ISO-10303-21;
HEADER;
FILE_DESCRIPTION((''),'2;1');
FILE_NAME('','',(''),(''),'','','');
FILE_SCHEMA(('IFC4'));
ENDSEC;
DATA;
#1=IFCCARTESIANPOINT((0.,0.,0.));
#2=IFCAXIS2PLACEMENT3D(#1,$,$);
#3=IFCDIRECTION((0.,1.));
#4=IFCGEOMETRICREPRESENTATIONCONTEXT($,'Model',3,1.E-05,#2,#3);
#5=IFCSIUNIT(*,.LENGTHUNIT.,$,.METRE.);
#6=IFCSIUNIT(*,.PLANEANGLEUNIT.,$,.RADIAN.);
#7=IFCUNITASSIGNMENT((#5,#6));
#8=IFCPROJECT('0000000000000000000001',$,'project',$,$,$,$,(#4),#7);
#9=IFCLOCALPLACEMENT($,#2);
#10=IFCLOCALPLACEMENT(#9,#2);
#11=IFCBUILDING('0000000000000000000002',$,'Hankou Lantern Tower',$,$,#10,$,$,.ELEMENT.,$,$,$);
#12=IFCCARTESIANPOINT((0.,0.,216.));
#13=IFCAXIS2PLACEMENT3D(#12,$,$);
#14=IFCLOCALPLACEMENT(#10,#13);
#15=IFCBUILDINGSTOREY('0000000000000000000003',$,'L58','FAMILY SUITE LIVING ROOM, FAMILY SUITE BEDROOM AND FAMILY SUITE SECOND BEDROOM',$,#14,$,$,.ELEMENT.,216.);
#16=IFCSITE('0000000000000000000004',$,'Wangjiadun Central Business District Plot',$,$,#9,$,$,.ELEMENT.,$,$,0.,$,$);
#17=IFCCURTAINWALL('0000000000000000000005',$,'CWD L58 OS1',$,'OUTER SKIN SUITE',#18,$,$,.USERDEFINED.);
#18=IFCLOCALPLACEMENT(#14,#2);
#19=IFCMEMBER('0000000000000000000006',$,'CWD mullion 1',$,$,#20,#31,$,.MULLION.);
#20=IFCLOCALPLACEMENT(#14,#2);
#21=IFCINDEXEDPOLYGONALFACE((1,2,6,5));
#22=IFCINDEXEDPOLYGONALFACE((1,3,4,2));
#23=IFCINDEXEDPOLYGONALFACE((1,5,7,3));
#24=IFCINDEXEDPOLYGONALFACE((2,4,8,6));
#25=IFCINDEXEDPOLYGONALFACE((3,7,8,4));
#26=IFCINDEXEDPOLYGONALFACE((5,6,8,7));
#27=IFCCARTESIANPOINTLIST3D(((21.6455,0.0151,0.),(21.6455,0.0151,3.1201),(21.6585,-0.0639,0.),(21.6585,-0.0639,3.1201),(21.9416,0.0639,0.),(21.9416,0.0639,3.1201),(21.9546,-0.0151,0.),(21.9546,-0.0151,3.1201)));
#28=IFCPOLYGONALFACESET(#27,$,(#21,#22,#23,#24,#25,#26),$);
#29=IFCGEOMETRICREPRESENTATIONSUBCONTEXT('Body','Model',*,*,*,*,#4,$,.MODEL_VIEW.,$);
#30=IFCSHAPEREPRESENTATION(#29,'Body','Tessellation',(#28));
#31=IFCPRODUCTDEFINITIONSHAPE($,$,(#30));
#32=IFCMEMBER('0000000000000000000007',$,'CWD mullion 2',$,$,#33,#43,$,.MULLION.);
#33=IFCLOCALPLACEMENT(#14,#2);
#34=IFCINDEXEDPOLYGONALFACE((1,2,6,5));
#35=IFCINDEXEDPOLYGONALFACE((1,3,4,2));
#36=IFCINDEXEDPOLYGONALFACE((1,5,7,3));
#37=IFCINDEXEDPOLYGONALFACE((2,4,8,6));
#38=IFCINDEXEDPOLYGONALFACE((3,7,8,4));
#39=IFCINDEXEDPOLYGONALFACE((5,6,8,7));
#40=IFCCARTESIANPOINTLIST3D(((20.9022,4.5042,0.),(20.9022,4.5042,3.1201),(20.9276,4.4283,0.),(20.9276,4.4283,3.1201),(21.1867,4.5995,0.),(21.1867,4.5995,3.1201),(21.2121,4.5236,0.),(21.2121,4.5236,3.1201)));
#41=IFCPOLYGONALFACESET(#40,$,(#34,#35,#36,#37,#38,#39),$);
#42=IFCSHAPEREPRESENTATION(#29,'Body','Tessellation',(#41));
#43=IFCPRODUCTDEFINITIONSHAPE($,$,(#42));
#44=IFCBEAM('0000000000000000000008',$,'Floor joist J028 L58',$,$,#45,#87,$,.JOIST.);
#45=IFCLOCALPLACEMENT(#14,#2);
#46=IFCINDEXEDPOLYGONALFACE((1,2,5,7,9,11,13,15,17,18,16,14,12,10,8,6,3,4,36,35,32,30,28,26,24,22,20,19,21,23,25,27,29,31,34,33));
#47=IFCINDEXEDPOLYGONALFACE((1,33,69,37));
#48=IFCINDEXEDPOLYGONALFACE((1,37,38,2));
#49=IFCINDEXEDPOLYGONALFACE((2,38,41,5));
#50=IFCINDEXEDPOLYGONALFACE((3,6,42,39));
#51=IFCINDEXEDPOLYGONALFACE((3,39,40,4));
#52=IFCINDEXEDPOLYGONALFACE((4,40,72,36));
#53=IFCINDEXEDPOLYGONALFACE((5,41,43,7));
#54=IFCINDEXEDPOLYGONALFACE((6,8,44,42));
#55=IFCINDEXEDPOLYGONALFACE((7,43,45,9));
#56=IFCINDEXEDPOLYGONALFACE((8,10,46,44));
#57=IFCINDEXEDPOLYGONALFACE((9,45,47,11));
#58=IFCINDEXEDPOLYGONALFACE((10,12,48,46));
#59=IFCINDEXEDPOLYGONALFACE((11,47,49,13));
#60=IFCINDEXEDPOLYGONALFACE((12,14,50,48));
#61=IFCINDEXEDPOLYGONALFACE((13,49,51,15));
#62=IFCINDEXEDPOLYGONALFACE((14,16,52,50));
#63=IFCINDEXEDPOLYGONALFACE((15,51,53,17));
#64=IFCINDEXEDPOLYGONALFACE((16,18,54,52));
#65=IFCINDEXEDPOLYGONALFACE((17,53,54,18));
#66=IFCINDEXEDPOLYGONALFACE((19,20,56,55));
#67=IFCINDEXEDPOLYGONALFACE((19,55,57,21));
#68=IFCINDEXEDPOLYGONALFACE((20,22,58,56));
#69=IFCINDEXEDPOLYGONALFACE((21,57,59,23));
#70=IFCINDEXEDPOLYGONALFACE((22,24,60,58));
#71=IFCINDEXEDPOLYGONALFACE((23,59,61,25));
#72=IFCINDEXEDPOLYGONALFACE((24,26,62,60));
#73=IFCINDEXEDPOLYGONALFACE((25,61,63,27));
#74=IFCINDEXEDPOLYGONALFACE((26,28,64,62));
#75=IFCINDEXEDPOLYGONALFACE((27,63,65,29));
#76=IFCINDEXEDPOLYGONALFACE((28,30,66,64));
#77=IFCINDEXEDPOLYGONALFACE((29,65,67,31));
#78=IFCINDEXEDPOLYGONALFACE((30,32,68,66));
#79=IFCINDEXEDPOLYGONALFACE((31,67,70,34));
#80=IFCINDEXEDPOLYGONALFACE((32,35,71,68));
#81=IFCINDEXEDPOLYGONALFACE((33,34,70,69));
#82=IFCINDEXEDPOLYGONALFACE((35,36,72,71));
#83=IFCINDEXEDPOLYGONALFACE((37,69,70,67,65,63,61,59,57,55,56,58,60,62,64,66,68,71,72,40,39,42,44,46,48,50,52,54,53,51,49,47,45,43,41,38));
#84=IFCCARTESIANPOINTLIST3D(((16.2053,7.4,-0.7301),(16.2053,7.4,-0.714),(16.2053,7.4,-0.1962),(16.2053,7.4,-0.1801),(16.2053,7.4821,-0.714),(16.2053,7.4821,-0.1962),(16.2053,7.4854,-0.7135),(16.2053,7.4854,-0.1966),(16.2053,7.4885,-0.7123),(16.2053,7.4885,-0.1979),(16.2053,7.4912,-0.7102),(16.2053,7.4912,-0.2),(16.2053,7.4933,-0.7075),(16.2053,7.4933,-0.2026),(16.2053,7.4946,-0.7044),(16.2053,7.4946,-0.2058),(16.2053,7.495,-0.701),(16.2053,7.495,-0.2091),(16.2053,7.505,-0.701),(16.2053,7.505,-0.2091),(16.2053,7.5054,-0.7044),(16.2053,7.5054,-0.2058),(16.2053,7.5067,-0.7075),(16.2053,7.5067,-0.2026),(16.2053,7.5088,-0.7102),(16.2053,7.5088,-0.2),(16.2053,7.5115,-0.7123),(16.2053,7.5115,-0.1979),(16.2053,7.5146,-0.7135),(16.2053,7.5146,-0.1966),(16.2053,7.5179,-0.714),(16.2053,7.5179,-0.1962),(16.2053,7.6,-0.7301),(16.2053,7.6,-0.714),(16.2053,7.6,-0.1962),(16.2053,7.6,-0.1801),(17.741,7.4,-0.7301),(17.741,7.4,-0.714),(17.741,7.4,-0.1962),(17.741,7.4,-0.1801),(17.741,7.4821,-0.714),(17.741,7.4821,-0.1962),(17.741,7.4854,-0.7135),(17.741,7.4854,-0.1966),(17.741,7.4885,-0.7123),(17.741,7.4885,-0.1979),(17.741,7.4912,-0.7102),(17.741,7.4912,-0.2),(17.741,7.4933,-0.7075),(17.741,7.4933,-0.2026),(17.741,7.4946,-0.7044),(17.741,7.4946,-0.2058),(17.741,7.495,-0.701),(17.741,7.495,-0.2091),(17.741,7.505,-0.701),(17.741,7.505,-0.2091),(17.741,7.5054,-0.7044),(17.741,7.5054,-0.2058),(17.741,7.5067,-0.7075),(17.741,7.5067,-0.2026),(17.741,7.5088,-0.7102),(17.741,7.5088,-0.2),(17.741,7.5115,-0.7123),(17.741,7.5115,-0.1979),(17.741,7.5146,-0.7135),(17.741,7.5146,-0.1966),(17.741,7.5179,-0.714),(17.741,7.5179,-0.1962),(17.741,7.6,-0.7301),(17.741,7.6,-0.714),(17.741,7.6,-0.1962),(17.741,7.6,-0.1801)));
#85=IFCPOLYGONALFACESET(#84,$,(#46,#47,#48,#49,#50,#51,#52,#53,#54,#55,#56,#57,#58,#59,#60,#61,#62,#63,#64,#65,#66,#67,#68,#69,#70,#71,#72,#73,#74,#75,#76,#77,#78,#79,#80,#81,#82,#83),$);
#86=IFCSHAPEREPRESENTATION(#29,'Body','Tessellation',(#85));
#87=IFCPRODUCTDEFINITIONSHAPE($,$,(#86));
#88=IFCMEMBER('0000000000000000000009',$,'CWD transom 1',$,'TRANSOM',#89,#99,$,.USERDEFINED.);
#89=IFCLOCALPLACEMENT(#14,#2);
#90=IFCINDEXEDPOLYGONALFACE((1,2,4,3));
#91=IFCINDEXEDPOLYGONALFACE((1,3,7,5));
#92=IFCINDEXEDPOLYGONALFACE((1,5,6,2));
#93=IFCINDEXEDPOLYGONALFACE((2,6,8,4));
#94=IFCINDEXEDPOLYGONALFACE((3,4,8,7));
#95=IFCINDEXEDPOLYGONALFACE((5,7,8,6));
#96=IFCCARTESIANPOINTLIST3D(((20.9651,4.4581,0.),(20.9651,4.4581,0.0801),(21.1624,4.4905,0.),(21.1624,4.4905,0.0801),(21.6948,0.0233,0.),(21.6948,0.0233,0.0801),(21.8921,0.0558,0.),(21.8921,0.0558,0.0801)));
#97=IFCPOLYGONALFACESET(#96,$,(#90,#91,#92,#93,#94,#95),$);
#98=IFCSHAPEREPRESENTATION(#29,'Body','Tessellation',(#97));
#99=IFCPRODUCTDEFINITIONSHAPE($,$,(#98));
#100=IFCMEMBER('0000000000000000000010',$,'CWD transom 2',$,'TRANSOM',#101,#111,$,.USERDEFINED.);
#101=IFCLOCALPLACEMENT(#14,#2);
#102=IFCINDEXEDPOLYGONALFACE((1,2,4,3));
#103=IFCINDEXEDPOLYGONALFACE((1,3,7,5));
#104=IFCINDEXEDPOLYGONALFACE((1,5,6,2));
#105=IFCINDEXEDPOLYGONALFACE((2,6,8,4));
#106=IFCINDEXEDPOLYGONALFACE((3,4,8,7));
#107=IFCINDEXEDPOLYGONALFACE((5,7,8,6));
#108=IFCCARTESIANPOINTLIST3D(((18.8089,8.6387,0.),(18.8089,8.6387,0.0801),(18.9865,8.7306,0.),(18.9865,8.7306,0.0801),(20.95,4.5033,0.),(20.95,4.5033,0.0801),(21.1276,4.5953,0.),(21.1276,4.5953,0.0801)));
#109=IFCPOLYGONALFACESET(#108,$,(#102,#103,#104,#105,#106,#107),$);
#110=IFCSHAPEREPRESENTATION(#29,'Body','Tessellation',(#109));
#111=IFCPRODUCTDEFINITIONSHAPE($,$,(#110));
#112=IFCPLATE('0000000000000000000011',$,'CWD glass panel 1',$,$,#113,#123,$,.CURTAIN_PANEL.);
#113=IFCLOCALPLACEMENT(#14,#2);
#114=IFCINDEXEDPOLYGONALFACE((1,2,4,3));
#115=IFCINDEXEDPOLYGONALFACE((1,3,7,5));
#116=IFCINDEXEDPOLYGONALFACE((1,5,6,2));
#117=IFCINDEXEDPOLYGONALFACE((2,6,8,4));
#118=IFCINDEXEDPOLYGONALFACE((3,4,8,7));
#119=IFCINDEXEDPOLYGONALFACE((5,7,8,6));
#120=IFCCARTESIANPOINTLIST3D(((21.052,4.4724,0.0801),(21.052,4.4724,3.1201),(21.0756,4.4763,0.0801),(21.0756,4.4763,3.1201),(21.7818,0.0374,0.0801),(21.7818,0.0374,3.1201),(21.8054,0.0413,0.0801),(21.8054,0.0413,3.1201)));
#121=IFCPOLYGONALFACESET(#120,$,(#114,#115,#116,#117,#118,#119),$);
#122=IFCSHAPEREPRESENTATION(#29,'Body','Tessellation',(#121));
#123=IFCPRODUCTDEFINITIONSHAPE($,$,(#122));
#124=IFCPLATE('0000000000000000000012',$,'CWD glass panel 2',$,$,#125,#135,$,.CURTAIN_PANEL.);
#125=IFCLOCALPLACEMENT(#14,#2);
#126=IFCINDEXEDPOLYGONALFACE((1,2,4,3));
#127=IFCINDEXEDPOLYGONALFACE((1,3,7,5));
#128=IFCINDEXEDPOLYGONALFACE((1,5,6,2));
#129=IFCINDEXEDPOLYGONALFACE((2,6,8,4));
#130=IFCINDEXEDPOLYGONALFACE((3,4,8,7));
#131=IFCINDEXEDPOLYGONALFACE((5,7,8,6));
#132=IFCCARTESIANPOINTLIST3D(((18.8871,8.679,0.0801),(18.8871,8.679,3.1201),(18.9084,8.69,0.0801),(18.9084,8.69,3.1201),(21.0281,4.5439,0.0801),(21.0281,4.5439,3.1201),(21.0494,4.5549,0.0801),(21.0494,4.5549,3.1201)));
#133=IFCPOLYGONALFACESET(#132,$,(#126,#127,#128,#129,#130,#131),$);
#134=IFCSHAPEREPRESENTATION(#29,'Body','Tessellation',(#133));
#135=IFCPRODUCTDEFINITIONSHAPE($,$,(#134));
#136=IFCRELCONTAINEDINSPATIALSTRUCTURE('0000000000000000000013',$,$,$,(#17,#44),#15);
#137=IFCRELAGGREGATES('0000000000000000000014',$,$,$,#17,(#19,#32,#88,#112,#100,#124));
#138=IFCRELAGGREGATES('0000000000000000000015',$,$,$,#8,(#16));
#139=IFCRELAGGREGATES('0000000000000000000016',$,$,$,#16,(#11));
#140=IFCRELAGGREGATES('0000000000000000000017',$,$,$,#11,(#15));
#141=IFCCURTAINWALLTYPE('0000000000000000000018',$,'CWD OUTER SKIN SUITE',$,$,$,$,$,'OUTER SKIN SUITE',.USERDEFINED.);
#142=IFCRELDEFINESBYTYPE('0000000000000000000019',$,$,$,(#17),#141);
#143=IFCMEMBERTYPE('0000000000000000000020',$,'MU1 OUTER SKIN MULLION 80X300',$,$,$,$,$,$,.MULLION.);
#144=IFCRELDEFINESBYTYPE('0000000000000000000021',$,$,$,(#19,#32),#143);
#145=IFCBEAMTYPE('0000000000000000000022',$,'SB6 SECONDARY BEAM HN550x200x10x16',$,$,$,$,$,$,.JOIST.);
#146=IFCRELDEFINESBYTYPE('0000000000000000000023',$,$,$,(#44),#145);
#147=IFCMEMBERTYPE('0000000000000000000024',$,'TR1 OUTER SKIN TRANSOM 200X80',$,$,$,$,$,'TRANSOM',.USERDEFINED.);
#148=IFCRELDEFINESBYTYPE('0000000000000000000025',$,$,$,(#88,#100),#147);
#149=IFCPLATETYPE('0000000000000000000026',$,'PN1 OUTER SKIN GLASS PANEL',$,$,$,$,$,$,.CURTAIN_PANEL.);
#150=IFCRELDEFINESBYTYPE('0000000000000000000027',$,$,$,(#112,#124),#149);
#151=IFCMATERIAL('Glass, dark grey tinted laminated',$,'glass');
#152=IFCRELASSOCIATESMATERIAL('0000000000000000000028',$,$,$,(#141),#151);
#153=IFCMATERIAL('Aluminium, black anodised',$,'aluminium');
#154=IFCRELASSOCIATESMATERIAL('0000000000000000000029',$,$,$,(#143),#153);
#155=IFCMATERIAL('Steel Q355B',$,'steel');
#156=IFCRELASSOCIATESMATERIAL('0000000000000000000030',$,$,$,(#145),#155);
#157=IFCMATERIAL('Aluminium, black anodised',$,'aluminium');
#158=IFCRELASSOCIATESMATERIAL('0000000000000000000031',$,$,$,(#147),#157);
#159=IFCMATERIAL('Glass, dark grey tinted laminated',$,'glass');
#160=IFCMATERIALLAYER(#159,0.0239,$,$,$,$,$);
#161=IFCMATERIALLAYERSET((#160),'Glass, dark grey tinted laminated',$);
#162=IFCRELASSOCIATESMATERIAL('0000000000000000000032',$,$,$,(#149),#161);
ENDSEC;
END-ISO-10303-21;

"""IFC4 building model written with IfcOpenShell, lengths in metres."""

from ifc_helpers import new_model, si_unit, direction, frame, origin, origin_2d, place, context, subcontext, project, spatial, rectangle, i_section, extrude, material, layer, layer_set, material_profile, profile_set, type_object, element, aggregate, save


model = new_model("IFC4")

# Units and contexts
model_context = context("Model", 3, precision=1e-05, world=origin(), true_north=direction((0.0, 1.0)))
body_context = subcontext(model_context, "Body", "Model", "MODEL_VIEW")
ifc_project = project(units=[si_unit("LENGTHUNIT", "METRE"), si_unit("PLANEANGLEUNIT", "RADIAN")], contexts=[model_context])

# Site, building, storey
site_placement = place(None, origin())
site = spatial("IfcSite", under=ifc_project, at=site_placement, Name="Wangjiadun Central Business District Plot", CompositionType="ELEMENT", RefElevation=0.0)
building_placement = place(site_placement, origin())
building = spatial("IfcBuilding", under=site, at=building_placement, Name="Hankou Lantern Tower", CompositionType="ELEMENT")
storey_placement = place(building_placement, frame((0.0, 0.0, 216.0)))
storey = spatial("IfcBuildingStorey", under=building, at=storey_placement, Name="L58", Description="FAMILY SUITE LIVING ROOM, FAMILY SUITE BEDROOM AND FAMILY SUITE SECOND BEDROOM", CompositionType="ELEMENT", Elevation=216.0)

# Curtain wall, members
ifc_material_1 = material(Name="Glass, dark grey tinted laminated", Category="glass")
curtain_wall_type = type_object("IfcCurtainWallType", Name="CWD OUTER SKIN SUITE", ElementType="OUTER SKIN SUITE", PredefinedType="USERDEFINED", material=ifc_material_1)
curtain_wall_placement = place(storey_placement, origin())
curtain_wall = element("IfcCurtainWall", 1, at=curtain_wall_placement, inside=storey, type_object=curtain_wall_type, Name="CWD L58 OS1", ObjectType="OUTER SKIN SUITE", PredefinedType="USERDEFINED")
ifc_material_2 = material(Name="Aluminium, black anodised", Category="aluminium")
ifc_material_profile_1 = material_profile(ifc_material_2, rectangle(XDim=0.0801, YDim=0.3, at=origin_2d()), Name="MU1 80X300")
ifc_profile_set_1 = profile_set([ifc_material_profile_1], Name="Aluminium, black anodised")
member_type_1 = type_object("IfcMemberType", Name="MU1 OUTER SKIN MULLION 80X300", PredefinedType="MULLION", material=ifc_profile_set_1)
member_1_placement = place(storey_placement, frame((21.8, 0.0, 0.0), z_axis=(0.0, 0.0, 1.0), x_axis=(-0.162382, 0.986728, 0.0)))
member_1 = element("IfcMember", 2, at=member_1_placement, type_object=member_type_1, Name="CWD mullion 1", PredefinedType="MULLION", context=body_context, shape_type="SweptSolid", body=[
    extrude(rectangle(XDim=0.0801, YDim=0.3, at=origin_2d()), origin(), (0.0, 0.0, 1.0), 3.1201),
])
member_2_placement = place(storey_placement, frame((21.0571, 4.5139, 0.0), z_axis=(0.0, 0.0, 1.0), x_axis=(-0.317596, 0.948226, 0.0)))
member_2 = element("IfcMember", 3, at=member_2_placement, type_object=member_type_1, Name="CWD mullion 2", PredefinedType="MULLION", context=body_context, shape_type="SweptSolid", body=[
    extrude(rectangle(XDim=0.0801, YDim=0.3, at=origin_2d()), origin(), (0.0, 0.0, 1.0), 3.1201),
])

# Beam
ifc_material_3 = material(Name="Steel Q355B", Category="steel")
ifc_material_profile_2 = material_profile(ifc_material_3, i_section(OverallWidth=0.2, OverallDepth=0.55, WebThickness=0.01, FlangeThickness=0.0161, FilletRadius=0.0129, at=origin_2d()), Name="HN550x200x10x16")
ifc_profile_set_2 = profile_set([ifc_material_profile_2], Name="Steel Q355B")
beam_type_1 = type_object("IfcBeamType", Name="SB6 SECONDARY BEAM HN550x200x10x16", PredefinedType="JOIST", material=ifc_profile_set_2)
beam_1_placement = place(storey_placement, frame((16.2053, 7.5, -0.4551), z_axis=(1.0, 0.0, 0.0), x_axis=(0.0, 1.0, 0.0)))
element("IfcBeam", 4, at=beam_1_placement, inside=storey, type_object=beam_type_1, Name="Floor joist J028 L58", PredefinedType="JOIST", context=body_context, shape_type="SweptSolid", body=[
    extrude(i_section(OverallWidth=0.2, OverallDepth=0.55, WebThickness=0.01, FlangeThickness=0.0161, FilletRadius=0.0129, at=origin_2d()), origin(), (0.0, 0.0, 1.0), 1.5356),
])

# Members
ifc_material_4 = material(Name="Aluminium, black anodised", Category="aluminium")
ifc_material_profile_3 = material_profile(ifc_material_4, rectangle(XDim=0.2, YDim=0.0801, at=origin_2d()), Name="TR1 200X80")
ifc_profile_set_3 = profile_set([ifc_material_profile_3], Name="Aluminium, black anodised")
member_type_2 = type_object("IfcMemberType", Name="TR1 OUTER SKIN TRANSOM 200X80", ElementType="TRANSOM", PredefinedType="USERDEFINED", material=ifc_profile_set_3)
member_3_placement = place(storey_placement, frame((21.7935, 0.0396, 0.04), z_axis=(-0.162364, 0.986731, 0.0), x_axis=(-0.986731, -0.162364, 0.0)))
member_3 = element("IfcMember", 5, at=member_3_placement, type_object=member_type_2, Name="CWD transom 1", ObjectType="TRANSOM", PredefinedType="USERDEFINED", context=body_context, shape_type="SweptSolid", body=[
    extrude(rectangle(XDim=0.2, YDim=0.0801, at=origin_2d()), origin(), (0.0, 0.0, 1.0), 4.4944),
])
member_4_placement = place(storey_placement, frame((21.0388, 4.5493, 0.04), z_axis=(-0.459794, 0.888026, 0.0), x_axis=(-0.888026, -0.459794, 0.0)))
member_4 = element("IfcMember", 6, at=member_4_placement, type_object=member_type_2, Name="CWD transom 2", ObjectType="TRANSOM", PredefinedType="USERDEFINED", context=body_context, shape_type="SweptSolid", body=[
    extrude(rectangle(XDim=0.2, YDim=0.0801, at=origin_2d()), origin(), (0.0, 0.0, 1.0), 4.6567),
])

# Plates
ifc_material_5 = material(Name="Glass, dark grey tinted laminated", Category="glass")
ifc_layer_1 = layer(ifc_material_5, 0.0239)
ifc_layer_set_1 = layer_set([ifc_layer_1], Name="Glass, dark grey tinted laminated")
plate_type = type_object("IfcPlateType", Name="PN1 OUTER SKIN GLASS PANEL", PredefinedType="CURTAIN_PANEL", material=ifc_layer_set_1)
plate_1_placement = place(storey_placement, frame((21.4287, 2.2568, 0.0801), z_axis=(0.0, 0.0, 1.0), x_axis=(-0.162382, 0.986728, 0.0)))
plate_1 = element("IfcPlate", 7, at=plate_1_placement, type_object=plate_type, Name="CWD glass panel 1", PredefinedType="CURTAIN_PANEL", context=body_context, shape_type="SweptSolid", body=[
    extrude(rectangle(XDim=4.4946, YDim=0.0239, at=origin_2d()), origin(), (0.0, 0.0, 1.0), 3.04),
])
plate_2_placement = place(storey_placement, frame((19.9683, 6.6169, 0.0801), z_axis=(0.0, 0.0, 1.0), x_axis=(-0.459791, 0.888027, 0.0)))
plate_2 = element("IfcPlate", 8, at=plate_2_placement, type_object=plate_type, Name="CWD glass panel 2", PredefinedType="CURTAIN_PANEL", context=body_context, shape_type="SweptSolid", body=[
    extrude(rectangle(XDim=4.6565, YDim=0.0239, at=origin_2d()), origin(), (0.0, 0.0, 1.0), 3.04),
])
aggregate(curtain_wall, [member_1, member_2, member_3, plate_1, member_4, plate_2])

save(model, "model.ifc")
